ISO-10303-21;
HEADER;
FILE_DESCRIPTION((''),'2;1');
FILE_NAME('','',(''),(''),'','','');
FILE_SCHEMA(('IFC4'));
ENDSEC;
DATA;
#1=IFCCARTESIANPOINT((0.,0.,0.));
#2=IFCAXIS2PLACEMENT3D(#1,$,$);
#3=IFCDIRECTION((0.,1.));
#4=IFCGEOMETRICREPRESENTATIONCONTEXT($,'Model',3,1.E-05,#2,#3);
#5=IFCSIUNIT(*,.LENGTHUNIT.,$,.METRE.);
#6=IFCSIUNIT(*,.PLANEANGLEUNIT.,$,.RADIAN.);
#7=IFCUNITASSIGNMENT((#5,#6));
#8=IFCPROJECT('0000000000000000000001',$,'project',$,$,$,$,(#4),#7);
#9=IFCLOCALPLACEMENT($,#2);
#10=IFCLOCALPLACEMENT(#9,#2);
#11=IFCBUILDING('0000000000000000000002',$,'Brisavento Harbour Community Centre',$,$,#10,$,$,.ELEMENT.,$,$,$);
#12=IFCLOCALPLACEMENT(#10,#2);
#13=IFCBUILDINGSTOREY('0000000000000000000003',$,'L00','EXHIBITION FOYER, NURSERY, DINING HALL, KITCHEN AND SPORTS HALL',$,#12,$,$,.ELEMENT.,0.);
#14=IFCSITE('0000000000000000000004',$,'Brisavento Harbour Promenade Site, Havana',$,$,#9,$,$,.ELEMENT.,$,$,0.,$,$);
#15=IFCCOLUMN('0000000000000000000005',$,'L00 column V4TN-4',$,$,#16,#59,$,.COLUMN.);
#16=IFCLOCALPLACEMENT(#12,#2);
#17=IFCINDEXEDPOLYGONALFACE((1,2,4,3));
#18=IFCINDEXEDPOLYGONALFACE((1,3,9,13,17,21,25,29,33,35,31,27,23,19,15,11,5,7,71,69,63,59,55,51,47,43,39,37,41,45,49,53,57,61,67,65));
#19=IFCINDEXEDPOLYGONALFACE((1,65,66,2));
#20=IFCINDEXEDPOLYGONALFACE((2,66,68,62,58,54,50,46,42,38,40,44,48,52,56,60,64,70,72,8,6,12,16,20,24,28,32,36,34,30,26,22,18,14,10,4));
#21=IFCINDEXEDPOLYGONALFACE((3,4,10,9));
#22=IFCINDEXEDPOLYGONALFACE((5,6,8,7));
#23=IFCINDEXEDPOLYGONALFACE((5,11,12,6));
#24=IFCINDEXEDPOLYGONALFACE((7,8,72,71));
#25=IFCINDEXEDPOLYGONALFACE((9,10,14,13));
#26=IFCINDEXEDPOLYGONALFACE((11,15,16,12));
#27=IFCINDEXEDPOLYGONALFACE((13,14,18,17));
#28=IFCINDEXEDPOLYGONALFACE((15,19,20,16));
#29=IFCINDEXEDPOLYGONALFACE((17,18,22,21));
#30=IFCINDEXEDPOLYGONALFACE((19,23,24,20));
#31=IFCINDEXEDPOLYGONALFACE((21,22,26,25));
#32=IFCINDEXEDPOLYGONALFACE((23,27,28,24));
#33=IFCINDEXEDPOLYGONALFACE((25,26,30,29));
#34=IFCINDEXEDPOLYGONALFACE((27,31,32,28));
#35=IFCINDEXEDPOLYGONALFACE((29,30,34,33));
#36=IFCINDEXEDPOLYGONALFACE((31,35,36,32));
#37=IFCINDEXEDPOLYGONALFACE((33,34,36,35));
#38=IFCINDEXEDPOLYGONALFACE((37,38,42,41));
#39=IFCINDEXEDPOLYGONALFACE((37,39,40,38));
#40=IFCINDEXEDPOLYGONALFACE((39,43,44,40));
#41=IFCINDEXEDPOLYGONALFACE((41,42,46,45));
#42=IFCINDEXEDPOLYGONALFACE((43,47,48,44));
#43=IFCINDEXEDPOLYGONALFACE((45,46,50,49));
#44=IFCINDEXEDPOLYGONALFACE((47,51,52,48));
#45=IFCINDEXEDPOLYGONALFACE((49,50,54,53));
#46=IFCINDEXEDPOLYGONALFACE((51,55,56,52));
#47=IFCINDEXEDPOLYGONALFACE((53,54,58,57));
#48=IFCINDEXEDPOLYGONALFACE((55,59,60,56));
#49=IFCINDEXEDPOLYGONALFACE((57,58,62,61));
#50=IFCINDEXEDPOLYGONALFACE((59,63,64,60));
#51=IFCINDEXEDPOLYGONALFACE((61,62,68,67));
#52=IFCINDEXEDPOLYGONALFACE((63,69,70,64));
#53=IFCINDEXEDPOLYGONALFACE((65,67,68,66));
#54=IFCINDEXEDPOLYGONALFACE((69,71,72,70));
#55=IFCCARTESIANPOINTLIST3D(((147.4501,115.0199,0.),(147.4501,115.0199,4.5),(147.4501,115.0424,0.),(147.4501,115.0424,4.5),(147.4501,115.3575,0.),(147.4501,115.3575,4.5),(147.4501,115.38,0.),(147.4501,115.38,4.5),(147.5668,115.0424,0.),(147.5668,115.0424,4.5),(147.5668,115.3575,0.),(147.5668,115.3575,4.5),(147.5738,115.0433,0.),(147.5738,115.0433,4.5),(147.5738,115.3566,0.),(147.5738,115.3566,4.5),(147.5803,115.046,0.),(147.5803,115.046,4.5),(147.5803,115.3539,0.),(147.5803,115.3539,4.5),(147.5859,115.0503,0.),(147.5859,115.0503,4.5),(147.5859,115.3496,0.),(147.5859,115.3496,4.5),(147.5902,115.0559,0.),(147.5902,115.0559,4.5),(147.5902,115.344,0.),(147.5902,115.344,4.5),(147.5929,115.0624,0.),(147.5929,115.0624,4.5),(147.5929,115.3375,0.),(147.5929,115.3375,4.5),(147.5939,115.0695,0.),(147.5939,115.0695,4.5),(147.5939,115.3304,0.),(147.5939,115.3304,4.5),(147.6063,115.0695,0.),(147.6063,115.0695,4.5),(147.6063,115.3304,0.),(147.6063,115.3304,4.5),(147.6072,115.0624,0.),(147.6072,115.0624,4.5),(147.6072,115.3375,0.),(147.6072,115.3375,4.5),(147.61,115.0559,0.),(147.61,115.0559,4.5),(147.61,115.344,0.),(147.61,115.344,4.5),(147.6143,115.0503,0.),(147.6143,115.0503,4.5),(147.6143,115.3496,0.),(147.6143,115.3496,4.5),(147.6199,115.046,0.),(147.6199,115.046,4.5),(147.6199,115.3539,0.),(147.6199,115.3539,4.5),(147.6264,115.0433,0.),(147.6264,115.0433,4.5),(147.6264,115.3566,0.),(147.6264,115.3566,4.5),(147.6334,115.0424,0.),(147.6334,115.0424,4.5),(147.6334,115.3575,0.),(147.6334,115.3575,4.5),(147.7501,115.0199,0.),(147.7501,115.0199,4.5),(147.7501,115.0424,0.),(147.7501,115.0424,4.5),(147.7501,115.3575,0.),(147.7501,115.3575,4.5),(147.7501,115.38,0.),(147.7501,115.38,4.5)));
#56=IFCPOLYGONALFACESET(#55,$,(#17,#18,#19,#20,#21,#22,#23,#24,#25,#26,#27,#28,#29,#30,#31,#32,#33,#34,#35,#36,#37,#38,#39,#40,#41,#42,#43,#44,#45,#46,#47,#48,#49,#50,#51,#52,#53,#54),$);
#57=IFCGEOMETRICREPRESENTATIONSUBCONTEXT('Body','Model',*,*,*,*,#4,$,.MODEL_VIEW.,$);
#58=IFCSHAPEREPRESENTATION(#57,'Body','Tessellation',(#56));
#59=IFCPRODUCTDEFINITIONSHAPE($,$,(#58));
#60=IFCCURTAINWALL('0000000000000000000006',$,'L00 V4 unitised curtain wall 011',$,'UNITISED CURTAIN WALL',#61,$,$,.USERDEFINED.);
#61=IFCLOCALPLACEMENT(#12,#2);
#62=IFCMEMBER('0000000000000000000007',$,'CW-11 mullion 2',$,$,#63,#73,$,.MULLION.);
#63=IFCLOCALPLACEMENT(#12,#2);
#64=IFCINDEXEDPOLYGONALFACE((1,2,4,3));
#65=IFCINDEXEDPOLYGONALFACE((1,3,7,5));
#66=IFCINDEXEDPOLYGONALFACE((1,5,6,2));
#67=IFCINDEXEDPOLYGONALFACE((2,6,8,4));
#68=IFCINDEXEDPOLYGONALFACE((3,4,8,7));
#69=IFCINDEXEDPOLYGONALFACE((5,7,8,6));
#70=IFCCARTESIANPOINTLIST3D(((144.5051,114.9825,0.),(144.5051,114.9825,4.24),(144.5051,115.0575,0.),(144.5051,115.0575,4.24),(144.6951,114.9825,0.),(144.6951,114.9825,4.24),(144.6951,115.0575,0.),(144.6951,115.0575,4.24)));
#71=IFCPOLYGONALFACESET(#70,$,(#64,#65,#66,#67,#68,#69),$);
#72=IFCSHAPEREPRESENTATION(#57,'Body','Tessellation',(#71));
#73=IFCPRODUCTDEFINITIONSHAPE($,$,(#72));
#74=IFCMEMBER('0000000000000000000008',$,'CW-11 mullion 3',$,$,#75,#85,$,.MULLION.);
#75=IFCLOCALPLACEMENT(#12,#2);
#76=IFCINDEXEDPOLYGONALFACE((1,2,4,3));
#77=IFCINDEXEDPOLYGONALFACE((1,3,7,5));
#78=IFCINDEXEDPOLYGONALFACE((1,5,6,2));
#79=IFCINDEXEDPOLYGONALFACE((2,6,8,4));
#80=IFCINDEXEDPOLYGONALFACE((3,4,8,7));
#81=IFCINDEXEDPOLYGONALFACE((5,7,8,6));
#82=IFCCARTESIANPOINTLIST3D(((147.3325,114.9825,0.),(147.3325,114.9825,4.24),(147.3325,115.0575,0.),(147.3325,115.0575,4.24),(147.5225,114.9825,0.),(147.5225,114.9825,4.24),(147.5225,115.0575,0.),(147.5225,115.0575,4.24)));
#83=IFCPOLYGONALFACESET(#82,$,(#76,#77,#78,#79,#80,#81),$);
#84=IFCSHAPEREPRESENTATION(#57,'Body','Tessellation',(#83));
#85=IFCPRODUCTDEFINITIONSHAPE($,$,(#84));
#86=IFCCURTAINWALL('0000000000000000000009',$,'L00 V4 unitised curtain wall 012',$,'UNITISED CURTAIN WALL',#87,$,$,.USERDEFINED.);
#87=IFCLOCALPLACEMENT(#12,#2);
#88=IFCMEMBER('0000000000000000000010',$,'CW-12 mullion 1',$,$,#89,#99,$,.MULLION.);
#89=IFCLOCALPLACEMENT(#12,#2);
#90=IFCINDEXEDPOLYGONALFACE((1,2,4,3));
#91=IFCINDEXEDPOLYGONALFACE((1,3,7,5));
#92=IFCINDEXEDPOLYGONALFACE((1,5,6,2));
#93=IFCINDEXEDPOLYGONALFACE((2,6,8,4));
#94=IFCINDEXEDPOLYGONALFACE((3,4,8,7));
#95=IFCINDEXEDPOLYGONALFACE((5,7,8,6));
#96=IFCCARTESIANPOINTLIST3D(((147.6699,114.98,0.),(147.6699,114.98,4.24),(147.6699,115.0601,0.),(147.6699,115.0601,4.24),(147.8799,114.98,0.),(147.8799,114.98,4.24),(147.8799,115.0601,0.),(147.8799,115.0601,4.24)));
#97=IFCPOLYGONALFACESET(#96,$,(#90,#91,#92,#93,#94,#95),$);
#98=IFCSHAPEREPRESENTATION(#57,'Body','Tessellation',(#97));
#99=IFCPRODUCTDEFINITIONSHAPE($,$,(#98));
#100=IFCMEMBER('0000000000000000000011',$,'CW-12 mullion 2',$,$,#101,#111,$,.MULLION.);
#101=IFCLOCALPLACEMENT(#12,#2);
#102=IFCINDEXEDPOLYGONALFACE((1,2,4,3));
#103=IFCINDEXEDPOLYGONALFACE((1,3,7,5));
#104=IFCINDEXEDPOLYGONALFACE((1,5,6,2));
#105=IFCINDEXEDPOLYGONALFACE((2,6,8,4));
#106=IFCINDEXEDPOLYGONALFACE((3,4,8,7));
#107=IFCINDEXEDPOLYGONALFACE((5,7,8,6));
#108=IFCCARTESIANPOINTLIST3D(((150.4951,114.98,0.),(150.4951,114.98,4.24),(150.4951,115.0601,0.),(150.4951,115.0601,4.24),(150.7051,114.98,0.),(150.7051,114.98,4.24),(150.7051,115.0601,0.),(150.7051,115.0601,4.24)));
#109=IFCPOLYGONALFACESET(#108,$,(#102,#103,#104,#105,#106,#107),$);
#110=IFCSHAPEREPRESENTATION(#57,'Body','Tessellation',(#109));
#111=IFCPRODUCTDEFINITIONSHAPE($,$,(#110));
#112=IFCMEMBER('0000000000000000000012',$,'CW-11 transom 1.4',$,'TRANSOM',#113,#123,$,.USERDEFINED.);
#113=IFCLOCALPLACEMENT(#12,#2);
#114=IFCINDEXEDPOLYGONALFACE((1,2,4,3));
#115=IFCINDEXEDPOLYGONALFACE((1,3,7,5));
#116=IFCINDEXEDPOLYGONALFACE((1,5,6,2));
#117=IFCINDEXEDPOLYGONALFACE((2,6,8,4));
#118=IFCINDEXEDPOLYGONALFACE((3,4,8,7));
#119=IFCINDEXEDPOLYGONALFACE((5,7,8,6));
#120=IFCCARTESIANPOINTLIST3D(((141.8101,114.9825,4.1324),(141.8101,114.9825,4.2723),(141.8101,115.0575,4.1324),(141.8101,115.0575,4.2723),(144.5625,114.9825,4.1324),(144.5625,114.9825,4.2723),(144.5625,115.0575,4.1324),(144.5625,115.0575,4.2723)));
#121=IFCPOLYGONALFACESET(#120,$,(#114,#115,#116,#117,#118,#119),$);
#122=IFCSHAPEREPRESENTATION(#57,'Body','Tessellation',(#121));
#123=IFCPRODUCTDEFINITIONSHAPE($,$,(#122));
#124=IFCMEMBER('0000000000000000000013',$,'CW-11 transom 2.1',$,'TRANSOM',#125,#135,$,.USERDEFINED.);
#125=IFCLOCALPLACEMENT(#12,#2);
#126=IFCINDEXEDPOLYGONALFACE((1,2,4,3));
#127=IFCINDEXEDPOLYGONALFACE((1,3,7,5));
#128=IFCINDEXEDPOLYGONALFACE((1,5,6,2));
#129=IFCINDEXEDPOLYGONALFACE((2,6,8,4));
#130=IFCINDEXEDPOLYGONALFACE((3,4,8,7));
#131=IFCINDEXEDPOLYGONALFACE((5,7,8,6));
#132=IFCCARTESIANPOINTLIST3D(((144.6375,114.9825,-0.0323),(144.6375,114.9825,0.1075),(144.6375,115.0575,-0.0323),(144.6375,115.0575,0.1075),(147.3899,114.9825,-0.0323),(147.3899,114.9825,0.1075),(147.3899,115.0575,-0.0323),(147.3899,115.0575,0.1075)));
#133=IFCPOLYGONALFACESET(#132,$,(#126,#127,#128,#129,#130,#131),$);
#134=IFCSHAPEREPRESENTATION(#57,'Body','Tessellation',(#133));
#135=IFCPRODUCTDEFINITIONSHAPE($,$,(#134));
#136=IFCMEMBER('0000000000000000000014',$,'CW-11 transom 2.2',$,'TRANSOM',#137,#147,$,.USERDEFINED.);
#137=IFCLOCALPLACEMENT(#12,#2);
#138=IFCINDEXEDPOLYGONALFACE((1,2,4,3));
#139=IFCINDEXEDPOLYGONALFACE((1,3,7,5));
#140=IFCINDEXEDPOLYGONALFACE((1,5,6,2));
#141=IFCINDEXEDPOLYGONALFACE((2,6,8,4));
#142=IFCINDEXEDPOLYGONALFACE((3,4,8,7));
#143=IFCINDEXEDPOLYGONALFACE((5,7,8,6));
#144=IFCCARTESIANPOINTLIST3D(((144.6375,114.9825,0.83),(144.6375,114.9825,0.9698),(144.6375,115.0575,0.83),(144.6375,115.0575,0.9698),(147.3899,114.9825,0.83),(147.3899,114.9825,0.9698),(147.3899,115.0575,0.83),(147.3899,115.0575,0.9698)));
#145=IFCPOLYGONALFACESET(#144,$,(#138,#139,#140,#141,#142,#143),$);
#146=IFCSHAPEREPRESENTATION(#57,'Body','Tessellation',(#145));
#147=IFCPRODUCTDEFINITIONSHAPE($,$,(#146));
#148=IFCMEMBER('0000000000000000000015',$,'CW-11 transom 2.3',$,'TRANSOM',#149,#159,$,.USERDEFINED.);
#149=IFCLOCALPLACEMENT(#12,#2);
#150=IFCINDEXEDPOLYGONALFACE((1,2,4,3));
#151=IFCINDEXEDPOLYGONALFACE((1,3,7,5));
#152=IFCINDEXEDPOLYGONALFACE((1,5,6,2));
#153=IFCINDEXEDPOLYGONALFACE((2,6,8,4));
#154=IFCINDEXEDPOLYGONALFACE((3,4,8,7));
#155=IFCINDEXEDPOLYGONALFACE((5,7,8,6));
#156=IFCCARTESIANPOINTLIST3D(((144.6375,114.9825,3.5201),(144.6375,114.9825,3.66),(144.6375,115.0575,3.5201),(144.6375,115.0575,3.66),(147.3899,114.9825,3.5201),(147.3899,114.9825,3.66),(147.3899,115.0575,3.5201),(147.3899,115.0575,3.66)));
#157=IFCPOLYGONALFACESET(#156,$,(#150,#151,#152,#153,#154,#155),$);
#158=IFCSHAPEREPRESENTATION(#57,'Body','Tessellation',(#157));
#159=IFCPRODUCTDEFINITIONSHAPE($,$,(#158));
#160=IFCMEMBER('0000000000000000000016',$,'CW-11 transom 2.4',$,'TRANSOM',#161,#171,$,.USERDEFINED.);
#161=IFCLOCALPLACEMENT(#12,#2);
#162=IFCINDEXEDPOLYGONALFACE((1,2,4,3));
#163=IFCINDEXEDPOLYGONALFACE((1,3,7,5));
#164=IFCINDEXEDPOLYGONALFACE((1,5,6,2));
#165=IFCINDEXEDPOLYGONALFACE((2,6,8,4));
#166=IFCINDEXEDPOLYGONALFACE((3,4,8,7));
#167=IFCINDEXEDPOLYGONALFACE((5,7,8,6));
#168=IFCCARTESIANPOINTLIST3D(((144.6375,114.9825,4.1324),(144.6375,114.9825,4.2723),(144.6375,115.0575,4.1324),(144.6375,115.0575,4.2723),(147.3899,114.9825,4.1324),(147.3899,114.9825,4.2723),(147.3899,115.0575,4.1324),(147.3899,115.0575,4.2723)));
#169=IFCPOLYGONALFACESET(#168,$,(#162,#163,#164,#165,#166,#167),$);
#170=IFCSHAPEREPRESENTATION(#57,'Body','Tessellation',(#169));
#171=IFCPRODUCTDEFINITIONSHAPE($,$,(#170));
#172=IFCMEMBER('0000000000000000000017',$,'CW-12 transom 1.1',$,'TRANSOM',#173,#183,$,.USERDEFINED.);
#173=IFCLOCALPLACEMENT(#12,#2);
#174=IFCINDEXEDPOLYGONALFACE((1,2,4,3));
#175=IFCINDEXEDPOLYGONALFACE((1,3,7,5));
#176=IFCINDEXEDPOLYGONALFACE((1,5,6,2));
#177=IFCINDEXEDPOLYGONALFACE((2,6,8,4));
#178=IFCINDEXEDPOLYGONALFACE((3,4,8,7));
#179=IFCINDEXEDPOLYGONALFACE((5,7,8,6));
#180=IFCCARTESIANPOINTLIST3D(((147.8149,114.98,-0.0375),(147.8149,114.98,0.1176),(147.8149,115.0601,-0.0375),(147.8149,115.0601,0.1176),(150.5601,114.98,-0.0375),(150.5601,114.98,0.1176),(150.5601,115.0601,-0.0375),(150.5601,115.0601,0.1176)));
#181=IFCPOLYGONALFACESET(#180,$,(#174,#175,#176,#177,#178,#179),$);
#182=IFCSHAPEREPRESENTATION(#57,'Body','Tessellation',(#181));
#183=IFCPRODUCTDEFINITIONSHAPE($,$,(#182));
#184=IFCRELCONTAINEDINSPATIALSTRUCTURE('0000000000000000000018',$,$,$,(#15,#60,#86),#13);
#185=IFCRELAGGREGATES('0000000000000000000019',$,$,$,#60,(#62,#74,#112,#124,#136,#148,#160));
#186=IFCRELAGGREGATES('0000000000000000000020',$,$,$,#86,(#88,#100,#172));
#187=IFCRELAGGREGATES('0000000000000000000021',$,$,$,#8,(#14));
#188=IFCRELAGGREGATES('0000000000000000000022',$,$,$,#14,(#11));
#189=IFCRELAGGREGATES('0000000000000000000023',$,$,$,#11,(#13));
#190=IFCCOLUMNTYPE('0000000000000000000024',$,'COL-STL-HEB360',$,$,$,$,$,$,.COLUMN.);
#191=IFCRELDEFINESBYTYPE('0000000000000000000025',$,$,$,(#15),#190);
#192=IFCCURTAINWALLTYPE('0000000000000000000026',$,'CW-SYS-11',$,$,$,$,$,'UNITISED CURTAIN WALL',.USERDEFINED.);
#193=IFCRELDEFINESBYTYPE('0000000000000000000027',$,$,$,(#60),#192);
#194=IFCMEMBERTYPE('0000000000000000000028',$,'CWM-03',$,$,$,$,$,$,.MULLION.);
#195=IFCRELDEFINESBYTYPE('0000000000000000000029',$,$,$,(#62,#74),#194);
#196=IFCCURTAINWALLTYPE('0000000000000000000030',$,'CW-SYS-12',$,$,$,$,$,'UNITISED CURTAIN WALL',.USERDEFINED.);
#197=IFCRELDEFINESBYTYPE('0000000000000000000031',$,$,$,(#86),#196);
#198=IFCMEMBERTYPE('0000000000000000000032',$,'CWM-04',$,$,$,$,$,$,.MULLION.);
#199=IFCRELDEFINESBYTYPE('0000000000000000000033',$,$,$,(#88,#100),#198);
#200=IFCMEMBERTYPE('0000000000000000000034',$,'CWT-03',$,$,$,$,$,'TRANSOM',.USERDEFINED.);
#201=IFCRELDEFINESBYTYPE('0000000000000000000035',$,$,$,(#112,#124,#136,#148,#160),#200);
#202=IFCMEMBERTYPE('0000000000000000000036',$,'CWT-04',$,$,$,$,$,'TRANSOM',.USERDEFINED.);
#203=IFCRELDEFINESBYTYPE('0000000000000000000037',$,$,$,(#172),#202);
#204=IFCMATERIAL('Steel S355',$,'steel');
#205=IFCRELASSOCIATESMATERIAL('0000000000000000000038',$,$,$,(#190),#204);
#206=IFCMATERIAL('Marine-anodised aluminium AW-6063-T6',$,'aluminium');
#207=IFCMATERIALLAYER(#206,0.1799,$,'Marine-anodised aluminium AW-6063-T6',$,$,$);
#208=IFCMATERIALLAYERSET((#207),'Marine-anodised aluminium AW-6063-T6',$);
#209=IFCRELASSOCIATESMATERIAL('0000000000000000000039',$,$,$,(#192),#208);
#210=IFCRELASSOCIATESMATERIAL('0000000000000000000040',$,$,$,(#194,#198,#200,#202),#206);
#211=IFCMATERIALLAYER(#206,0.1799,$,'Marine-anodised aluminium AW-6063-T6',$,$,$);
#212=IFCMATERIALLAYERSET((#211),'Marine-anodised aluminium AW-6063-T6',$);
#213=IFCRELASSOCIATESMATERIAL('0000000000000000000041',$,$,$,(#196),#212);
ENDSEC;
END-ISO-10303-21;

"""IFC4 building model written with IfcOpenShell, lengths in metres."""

from ifc_helpers import new_model, si_unit, direction, frame, origin, origin_2d, place, context, subcontext, project, spatial, rectangle, i_section, extrude, material, layer, layer_set, material_profile, profile_set, type_object, element, aggregate, save


model = new_model("IFC4")

# Units and contexts
model_context = context("Model", 3, precision=1e-05, world=origin(), true_north=direction((0.0, 1.0)))
body_context = subcontext(model_context, "Body", "Model", "MODEL_VIEW")
ifc_project = project(units=[si_unit("LENGTHUNIT", "METRE"), si_unit("PLANEANGLEUNIT", "RADIAN")], contexts=[model_context])

# Site, building, storey
site_placement = place(None, origin())
site = spatial("IfcSite", under=ifc_project, at=site_placement, Name="Brisavento Harbour Promenade Site, Havana", CompositionType="ELEMENT", RefElevation=0.0)
building_placement = place(site_placement, origin())
building = spatial("IfcBuilding", under=site, at=building_placement, Name="Brisavento Harbour Community Centre", CompositionType="ELEMENT")
storey_placement = place(building_placement, origin())
storey = spatial("IfcBuildingStorey", under=building, at=storey_placement, Name="L00", Description="EXHIBITION FOYER, NURSERY, DINING HALL, KITCHEN AND SPORTS HALL", CompositionType="ELEMENT", Elevation=0.0)

# Column
ifc_material_1 = material(Name="Steel S355", Category="steel")
ifc_material_profile_1 = material_profile(ifc_material_1, i_section(OverallWidth=0.3, OverallDepth=0.3601, WebThickness=0.0125, FlangeThickness=0.0225, FilletRadius=0.0271, at=origin_2d()), Name="Steel S355")
ifc_profile_set_1 = profile_set([ifc_material_profile_1], Name="Steel S355")
column_type = type_object("IfcColumnType", Name="COL-STL-HEB360", PredefinedType="COLUMN", material=ifc_profile_set_1)
column_placement = place(storey_placement, frame((147.6001, 115.2, 0.0), z_axis=(0.0, 0.0, 1.0), x_axis=(1.0, 0.0, 0.0)))
element("IfcColumn", 1, at=column_placement, inside=storey, type_object=column_type, Name="L00 column V4TN-4", PredefinedType="COLUMN", context=body_context, shape_type="SweptSolid", body=[
    extrude(i_section(OverallWidth=0.3, OverallDepth=0.3601, WebThickness=0.0125, FlangeThickness=0.0225, FilletRadius=0.0271, at=origin_2d()), origin(), (0.0, 0.0, 1.0), 4.5),
])

# Curtain walls, members
ifc_material_2 = material(Name="Marine-anodised aluminium AW-6063-T6", Category="aluminium")
ifc_layer_1 = layer(ifc_material_2, 0.1799, Name="Marine-anodised aluminium AW-6063-T6")
ifc_layer_set_1 = layer_set([ifc_layer_1], Name="Marine-anodised aluminium AW-6063-T6")
curtain_wall_type_1 = type_object("IfcCurtainWallType", Name="CW-SYS-11", ElementType="UNITISED CURTAIN WALL", PredefinedType="USERDEFINED", material=ifc_layer_set_1)
curtain_wall_1_placement = place(storey_placement, origin())
curtain_wall_1 = element("IfcCurtainWall", 2, at=curtain_wall_1_placement, inside=storey, type_object=curtain_wall_type_1, Name="L00 V4 unitised curtain wall 011", ObjectType="UNITISED CURTAIN WALL", PredefinedType="USERDEFINED")
ifc_material_profile_2 = material_profile(ifc_material_2, rectangle(XDim=0.075, YDim=0.1899, at=origin_2d()), Name="Marine-anodised aluminium AW-6063-T6")
ifc_profile_set_2 = profile_set([ifc_material_profile_2], Name="Marine-anodised aluminium AW-6063-T6")
member_type_1 = type_object("IfcMemberType", Name="CWM-03", PredefinedType="MULLION", material=ifc_profile_set_2)
member_1_placement = place(storey_placement, frame((144.6001, 115.02, 0.0), z_axis=(0.0, 0.0, 1.0), x_axis=(0.0, 1.0, 0.0)))
member_1 = element("IfcMember", 3, at=member_1_placement, type_object=member_type_1, Name="CW-11 mullion 2", PredefinedType="MULLION", context=body_context, shape_type="SweptSolid", body=[
    extrude(rectangle(XDim=0.075, YDim=0.1899, at=origin_2d()), origin(), (0.0, 0.0, 1.0), 4.24),
])
member_2_placement = place(storey_placement, frame((147.4275, 115.02, 0.0), z_axis=(0.0, 0.0, 1.0), x_axis=(0.0, 1.0, 0.0)))
member_2 = element("IfcMember", 4, at=member_2_placement, type_object=member_type_1, Name="CW-11 mullion 3", PredefinedType="MULLION", context=body_context, shape_type="SweptSolid", body=[
    extrude(rectangle(XDim=0.075, YDim=0.1899, at=origin_2d()), origin(), (0.0, 0.0, 1.0), 4.24),
])
ifc_layer_2 = layer(ifc_material_2, 0.1799, Name="Marine-anodised aluminium AW-6063-T6")
ifc_layer_set_2 = layer_set([ifc_layer_2], Name="Marine-anodised aluminium AW-6063-T6")
curtain_wall_type_2 = type_object("IfcCurtainWallType", Name="CW-SYS-12", ElementType="UNITISED CURTAIN WALL", PredefinedType="USERDEFINED", material=ifc_layer_set_2)
curtain_wall_2_placement = place(storey_placement, origin())
curtain_wall_2 = element("IfcCurtainWall", 5, at=curtain_wall_2_placement, inside=storey, type_object=curtain_wall_type_2, Name="L00 V4 unitised curtain wall 012", ObjectType="UNITISED CURTAIN WALL", PredefinedType="USERDEFINED")
ifc_material_profile_3 = material_profile(ifc_material_2, rectangle(XDim=0.0801, YDim=0.21, at=origin_2d()), Name="Marine-anodised aluminium AW-6063-T6")
ifc_profile_set_3 = profile_set([ifc_material_profile_3], Name="Marine-anodised aluminium AW-6063-T6")
member_type_2 = type_object("IfcMemberType", Name="CWM-04", PredefinedType="MULLION", material=ifc_profile_set_3)
member_3_placement = place(storey_placement, frame((147.7749, 115.02, 0.0), z_axis=(0.0, 0.0, 1.0), x_axis=(0.0, 1.0, 0.0)))
member_3 = element("IfcMember", 6, at=member_3_placement, type_object=member_type_2, Name="CW-12 mullion 1", PredefinedType="MULLION", context=body_context, shape_type="SweptSolid", body=[
    extrude(rectangle(XDim=0.0801, YDim=0.21, at=origin_2d()), origin(), (0.0, 0.0, 1.0), 4.24),
])
member_4_placement = place(storey_placement, frame((150.6001, 115.02, 0.0), z_axis=(0.0, 0.0, 1.0), x_axis=(0.0, 1.0, 0.0)))
member_4 = element("IfcMember", 7, at=member_4_placement, type_object=member_type_2, Name="CW-12 mullion 2", PredefinedType="MULLION", context=body_context, shape_type="SweptSolid", body=[
    extrude(rectangle(XDim=0.0801, YDim=0.21, at=origin_2d()), origin(), (0.0, 0.0, 1.0), 4.24),
])

# Members
ifc_material_profile_4 = material_profile(ifc_material_2, rectangle(XDim=0.075, YDim=0.1399, at=origin_2d()), Name="Marine-anodised aluminium AW-6063-T6")
ifc_profile_set_4 = profile_set([ifc_material_profile_4], Name="Marine-anodised aluminium AW-6063-T6")
member_type_3 = type_object("IfcMemberType", Name="CWT-03", ElementType="TRANSOM", PredefinedType="USERDEFINED", material=ifc_profile_set_4)
member_5_placement = place(storey_placement, frame((141.8101, 115.02, 4.2024), z_axis=(1.0, 0.0, 0.0), x_axis=(0.0, 1.0, 0.0)))
member_5 = element("IfcMember", 8, at=member_5_placement, type_object=member_type_3, Name="CW-11 transom 1.4", ObjectType="TRANSOM", PredefinedType="USERDEFINED", context=body_context, shape_type="SweptSolid", body=[
    extrude(rectangle(XDim=0.075, YDim=0.1399, at=origin_2d()), origin(), (0.0, 0.0, 1.0), 2.7524),
])
member_6_placement = place(storey_placement, frame((144.6375, 115.02, 0.0376), z_axis=(1.0, 0.0, 0.0), x_axis=(0.0, 1.0, 0.0)))
member_6 = element("IfcMember", 9, at=member_6_placement, type_object=member_type_3, Name="CW-11 transom 2.1", ObjectType="TRANSOM", PredefinedType="USERDEFINED", context=body_context, shape_type="SweptSolid", body=[
    extrude(rectangle(XDim=0.075, YDim=0.1399, at=origin_2d()), origin(), (0.0, 0.0, 1.0), 2.7524),
])
member_7_placement = place(storey_placement, frame((144.6375, 115.02, 0.8999), z_axis=(1.0, 0.0, 0.0), x_axis=(0.0, 1.0, 0.0)))
member_7 = element("IfcMember", 10, at=member_7_placement, type_object=member_type_3, Name="CW-11 transom 2.2", ObjectType="TRANSOM", PredefinedType="USERDEFINED", context=body_context, shape_type="SweptSolid", body=[
    extrude(rectangle(XDim=0.075, YDim=0.1399, at=origin_2d()), origin(), (0.0, 0.0, 1.0), 2.7524),
])
member_8_placement = place(storey_placement, frame((144.6375, 115.02, 3.5901), z_axis=(1.0, 0.0, 0.0), x_axis=(0.0, 1.0, 0.0)))
member_8 = element("IfcMember", 11, at=member_8_placement, type_object=member_type_3, Name="CW-11 transom 2.3", ObjectType="TRANSOM", PredefinedType="USERDEFINED", context=body_context, shape_type="SweptSolid", body=[
    extrude(rectangle(XDim=0.075, YDim=0.1399, at=origin_2d()), origin(), (0.0, 0.0, 1.0), 2.7524),
])
member_9_placement = place(storey_placement, frame((144.6375, 115.02, 4.2024), z_axis=(1.0, 0.0, 0.0), x_axis=(0.0, 1.0, 0.0)))
member_9 = element("IfcMember", 12, at=member_9_placement, type_object=member_type_3, Name="CW-11 transom 2.4", ObjectType="TRANSOM", PredefinedType="USERDEFINED", context=body_context, shape_type="SweptSolid", body=[
    extrude(rectangle(XDim=0.075, YDim=0.1399, at=origin_2d()), origin(), (0.0, 0.0, 1.0), 2.7524),
])
ifc_material_profile_5 = material_profile(ifc_material_2, rectangle(XDim=0.0801, YDim=0.155, at=origin_2d()), Name="Marine-anodised aluminium AW-6063-T6")
ifc_profile_set_5 = profile_set([ifc_material_profile_5], Name="Marine-anodised aluminium AW-6063-T6")
member_type_4 = type_object("IfcMemberType", Name="CWT-04", ElementType="TRANSOM", PredefinedType="USERDEFINED", material=ifc_profile_set_5)
member_10_placement = place(storey_placement, frame((147.8149, 115.02, 0.04), z_axis=(1.0, 0.0, 0.0), x_axis=(0.0, 1.0, 0.0)))
member_10 = element("IfcMember", 13, at=member_10_placement, type_object=member_type_4, Name="CW-12 transom 1.1", ObjectType="TRANSOM", PredefinedType="USERDEFINED", context=body_context, shape_type="SweptSolid", body=[
    extrude(rectangle(XDim=0.0801, YDim=0.155, at=origin_2d()), origin(), (0.0, 0.0, 1.0), 2.7451),
])

aggregate(curtain_wall_1, [member_1, member_2, member_5, member_6, member_7, member_8, member_9])
aggregate(curtain_wall_2, [member_3, member_4, member_10])

save(model, "model.ifc")
